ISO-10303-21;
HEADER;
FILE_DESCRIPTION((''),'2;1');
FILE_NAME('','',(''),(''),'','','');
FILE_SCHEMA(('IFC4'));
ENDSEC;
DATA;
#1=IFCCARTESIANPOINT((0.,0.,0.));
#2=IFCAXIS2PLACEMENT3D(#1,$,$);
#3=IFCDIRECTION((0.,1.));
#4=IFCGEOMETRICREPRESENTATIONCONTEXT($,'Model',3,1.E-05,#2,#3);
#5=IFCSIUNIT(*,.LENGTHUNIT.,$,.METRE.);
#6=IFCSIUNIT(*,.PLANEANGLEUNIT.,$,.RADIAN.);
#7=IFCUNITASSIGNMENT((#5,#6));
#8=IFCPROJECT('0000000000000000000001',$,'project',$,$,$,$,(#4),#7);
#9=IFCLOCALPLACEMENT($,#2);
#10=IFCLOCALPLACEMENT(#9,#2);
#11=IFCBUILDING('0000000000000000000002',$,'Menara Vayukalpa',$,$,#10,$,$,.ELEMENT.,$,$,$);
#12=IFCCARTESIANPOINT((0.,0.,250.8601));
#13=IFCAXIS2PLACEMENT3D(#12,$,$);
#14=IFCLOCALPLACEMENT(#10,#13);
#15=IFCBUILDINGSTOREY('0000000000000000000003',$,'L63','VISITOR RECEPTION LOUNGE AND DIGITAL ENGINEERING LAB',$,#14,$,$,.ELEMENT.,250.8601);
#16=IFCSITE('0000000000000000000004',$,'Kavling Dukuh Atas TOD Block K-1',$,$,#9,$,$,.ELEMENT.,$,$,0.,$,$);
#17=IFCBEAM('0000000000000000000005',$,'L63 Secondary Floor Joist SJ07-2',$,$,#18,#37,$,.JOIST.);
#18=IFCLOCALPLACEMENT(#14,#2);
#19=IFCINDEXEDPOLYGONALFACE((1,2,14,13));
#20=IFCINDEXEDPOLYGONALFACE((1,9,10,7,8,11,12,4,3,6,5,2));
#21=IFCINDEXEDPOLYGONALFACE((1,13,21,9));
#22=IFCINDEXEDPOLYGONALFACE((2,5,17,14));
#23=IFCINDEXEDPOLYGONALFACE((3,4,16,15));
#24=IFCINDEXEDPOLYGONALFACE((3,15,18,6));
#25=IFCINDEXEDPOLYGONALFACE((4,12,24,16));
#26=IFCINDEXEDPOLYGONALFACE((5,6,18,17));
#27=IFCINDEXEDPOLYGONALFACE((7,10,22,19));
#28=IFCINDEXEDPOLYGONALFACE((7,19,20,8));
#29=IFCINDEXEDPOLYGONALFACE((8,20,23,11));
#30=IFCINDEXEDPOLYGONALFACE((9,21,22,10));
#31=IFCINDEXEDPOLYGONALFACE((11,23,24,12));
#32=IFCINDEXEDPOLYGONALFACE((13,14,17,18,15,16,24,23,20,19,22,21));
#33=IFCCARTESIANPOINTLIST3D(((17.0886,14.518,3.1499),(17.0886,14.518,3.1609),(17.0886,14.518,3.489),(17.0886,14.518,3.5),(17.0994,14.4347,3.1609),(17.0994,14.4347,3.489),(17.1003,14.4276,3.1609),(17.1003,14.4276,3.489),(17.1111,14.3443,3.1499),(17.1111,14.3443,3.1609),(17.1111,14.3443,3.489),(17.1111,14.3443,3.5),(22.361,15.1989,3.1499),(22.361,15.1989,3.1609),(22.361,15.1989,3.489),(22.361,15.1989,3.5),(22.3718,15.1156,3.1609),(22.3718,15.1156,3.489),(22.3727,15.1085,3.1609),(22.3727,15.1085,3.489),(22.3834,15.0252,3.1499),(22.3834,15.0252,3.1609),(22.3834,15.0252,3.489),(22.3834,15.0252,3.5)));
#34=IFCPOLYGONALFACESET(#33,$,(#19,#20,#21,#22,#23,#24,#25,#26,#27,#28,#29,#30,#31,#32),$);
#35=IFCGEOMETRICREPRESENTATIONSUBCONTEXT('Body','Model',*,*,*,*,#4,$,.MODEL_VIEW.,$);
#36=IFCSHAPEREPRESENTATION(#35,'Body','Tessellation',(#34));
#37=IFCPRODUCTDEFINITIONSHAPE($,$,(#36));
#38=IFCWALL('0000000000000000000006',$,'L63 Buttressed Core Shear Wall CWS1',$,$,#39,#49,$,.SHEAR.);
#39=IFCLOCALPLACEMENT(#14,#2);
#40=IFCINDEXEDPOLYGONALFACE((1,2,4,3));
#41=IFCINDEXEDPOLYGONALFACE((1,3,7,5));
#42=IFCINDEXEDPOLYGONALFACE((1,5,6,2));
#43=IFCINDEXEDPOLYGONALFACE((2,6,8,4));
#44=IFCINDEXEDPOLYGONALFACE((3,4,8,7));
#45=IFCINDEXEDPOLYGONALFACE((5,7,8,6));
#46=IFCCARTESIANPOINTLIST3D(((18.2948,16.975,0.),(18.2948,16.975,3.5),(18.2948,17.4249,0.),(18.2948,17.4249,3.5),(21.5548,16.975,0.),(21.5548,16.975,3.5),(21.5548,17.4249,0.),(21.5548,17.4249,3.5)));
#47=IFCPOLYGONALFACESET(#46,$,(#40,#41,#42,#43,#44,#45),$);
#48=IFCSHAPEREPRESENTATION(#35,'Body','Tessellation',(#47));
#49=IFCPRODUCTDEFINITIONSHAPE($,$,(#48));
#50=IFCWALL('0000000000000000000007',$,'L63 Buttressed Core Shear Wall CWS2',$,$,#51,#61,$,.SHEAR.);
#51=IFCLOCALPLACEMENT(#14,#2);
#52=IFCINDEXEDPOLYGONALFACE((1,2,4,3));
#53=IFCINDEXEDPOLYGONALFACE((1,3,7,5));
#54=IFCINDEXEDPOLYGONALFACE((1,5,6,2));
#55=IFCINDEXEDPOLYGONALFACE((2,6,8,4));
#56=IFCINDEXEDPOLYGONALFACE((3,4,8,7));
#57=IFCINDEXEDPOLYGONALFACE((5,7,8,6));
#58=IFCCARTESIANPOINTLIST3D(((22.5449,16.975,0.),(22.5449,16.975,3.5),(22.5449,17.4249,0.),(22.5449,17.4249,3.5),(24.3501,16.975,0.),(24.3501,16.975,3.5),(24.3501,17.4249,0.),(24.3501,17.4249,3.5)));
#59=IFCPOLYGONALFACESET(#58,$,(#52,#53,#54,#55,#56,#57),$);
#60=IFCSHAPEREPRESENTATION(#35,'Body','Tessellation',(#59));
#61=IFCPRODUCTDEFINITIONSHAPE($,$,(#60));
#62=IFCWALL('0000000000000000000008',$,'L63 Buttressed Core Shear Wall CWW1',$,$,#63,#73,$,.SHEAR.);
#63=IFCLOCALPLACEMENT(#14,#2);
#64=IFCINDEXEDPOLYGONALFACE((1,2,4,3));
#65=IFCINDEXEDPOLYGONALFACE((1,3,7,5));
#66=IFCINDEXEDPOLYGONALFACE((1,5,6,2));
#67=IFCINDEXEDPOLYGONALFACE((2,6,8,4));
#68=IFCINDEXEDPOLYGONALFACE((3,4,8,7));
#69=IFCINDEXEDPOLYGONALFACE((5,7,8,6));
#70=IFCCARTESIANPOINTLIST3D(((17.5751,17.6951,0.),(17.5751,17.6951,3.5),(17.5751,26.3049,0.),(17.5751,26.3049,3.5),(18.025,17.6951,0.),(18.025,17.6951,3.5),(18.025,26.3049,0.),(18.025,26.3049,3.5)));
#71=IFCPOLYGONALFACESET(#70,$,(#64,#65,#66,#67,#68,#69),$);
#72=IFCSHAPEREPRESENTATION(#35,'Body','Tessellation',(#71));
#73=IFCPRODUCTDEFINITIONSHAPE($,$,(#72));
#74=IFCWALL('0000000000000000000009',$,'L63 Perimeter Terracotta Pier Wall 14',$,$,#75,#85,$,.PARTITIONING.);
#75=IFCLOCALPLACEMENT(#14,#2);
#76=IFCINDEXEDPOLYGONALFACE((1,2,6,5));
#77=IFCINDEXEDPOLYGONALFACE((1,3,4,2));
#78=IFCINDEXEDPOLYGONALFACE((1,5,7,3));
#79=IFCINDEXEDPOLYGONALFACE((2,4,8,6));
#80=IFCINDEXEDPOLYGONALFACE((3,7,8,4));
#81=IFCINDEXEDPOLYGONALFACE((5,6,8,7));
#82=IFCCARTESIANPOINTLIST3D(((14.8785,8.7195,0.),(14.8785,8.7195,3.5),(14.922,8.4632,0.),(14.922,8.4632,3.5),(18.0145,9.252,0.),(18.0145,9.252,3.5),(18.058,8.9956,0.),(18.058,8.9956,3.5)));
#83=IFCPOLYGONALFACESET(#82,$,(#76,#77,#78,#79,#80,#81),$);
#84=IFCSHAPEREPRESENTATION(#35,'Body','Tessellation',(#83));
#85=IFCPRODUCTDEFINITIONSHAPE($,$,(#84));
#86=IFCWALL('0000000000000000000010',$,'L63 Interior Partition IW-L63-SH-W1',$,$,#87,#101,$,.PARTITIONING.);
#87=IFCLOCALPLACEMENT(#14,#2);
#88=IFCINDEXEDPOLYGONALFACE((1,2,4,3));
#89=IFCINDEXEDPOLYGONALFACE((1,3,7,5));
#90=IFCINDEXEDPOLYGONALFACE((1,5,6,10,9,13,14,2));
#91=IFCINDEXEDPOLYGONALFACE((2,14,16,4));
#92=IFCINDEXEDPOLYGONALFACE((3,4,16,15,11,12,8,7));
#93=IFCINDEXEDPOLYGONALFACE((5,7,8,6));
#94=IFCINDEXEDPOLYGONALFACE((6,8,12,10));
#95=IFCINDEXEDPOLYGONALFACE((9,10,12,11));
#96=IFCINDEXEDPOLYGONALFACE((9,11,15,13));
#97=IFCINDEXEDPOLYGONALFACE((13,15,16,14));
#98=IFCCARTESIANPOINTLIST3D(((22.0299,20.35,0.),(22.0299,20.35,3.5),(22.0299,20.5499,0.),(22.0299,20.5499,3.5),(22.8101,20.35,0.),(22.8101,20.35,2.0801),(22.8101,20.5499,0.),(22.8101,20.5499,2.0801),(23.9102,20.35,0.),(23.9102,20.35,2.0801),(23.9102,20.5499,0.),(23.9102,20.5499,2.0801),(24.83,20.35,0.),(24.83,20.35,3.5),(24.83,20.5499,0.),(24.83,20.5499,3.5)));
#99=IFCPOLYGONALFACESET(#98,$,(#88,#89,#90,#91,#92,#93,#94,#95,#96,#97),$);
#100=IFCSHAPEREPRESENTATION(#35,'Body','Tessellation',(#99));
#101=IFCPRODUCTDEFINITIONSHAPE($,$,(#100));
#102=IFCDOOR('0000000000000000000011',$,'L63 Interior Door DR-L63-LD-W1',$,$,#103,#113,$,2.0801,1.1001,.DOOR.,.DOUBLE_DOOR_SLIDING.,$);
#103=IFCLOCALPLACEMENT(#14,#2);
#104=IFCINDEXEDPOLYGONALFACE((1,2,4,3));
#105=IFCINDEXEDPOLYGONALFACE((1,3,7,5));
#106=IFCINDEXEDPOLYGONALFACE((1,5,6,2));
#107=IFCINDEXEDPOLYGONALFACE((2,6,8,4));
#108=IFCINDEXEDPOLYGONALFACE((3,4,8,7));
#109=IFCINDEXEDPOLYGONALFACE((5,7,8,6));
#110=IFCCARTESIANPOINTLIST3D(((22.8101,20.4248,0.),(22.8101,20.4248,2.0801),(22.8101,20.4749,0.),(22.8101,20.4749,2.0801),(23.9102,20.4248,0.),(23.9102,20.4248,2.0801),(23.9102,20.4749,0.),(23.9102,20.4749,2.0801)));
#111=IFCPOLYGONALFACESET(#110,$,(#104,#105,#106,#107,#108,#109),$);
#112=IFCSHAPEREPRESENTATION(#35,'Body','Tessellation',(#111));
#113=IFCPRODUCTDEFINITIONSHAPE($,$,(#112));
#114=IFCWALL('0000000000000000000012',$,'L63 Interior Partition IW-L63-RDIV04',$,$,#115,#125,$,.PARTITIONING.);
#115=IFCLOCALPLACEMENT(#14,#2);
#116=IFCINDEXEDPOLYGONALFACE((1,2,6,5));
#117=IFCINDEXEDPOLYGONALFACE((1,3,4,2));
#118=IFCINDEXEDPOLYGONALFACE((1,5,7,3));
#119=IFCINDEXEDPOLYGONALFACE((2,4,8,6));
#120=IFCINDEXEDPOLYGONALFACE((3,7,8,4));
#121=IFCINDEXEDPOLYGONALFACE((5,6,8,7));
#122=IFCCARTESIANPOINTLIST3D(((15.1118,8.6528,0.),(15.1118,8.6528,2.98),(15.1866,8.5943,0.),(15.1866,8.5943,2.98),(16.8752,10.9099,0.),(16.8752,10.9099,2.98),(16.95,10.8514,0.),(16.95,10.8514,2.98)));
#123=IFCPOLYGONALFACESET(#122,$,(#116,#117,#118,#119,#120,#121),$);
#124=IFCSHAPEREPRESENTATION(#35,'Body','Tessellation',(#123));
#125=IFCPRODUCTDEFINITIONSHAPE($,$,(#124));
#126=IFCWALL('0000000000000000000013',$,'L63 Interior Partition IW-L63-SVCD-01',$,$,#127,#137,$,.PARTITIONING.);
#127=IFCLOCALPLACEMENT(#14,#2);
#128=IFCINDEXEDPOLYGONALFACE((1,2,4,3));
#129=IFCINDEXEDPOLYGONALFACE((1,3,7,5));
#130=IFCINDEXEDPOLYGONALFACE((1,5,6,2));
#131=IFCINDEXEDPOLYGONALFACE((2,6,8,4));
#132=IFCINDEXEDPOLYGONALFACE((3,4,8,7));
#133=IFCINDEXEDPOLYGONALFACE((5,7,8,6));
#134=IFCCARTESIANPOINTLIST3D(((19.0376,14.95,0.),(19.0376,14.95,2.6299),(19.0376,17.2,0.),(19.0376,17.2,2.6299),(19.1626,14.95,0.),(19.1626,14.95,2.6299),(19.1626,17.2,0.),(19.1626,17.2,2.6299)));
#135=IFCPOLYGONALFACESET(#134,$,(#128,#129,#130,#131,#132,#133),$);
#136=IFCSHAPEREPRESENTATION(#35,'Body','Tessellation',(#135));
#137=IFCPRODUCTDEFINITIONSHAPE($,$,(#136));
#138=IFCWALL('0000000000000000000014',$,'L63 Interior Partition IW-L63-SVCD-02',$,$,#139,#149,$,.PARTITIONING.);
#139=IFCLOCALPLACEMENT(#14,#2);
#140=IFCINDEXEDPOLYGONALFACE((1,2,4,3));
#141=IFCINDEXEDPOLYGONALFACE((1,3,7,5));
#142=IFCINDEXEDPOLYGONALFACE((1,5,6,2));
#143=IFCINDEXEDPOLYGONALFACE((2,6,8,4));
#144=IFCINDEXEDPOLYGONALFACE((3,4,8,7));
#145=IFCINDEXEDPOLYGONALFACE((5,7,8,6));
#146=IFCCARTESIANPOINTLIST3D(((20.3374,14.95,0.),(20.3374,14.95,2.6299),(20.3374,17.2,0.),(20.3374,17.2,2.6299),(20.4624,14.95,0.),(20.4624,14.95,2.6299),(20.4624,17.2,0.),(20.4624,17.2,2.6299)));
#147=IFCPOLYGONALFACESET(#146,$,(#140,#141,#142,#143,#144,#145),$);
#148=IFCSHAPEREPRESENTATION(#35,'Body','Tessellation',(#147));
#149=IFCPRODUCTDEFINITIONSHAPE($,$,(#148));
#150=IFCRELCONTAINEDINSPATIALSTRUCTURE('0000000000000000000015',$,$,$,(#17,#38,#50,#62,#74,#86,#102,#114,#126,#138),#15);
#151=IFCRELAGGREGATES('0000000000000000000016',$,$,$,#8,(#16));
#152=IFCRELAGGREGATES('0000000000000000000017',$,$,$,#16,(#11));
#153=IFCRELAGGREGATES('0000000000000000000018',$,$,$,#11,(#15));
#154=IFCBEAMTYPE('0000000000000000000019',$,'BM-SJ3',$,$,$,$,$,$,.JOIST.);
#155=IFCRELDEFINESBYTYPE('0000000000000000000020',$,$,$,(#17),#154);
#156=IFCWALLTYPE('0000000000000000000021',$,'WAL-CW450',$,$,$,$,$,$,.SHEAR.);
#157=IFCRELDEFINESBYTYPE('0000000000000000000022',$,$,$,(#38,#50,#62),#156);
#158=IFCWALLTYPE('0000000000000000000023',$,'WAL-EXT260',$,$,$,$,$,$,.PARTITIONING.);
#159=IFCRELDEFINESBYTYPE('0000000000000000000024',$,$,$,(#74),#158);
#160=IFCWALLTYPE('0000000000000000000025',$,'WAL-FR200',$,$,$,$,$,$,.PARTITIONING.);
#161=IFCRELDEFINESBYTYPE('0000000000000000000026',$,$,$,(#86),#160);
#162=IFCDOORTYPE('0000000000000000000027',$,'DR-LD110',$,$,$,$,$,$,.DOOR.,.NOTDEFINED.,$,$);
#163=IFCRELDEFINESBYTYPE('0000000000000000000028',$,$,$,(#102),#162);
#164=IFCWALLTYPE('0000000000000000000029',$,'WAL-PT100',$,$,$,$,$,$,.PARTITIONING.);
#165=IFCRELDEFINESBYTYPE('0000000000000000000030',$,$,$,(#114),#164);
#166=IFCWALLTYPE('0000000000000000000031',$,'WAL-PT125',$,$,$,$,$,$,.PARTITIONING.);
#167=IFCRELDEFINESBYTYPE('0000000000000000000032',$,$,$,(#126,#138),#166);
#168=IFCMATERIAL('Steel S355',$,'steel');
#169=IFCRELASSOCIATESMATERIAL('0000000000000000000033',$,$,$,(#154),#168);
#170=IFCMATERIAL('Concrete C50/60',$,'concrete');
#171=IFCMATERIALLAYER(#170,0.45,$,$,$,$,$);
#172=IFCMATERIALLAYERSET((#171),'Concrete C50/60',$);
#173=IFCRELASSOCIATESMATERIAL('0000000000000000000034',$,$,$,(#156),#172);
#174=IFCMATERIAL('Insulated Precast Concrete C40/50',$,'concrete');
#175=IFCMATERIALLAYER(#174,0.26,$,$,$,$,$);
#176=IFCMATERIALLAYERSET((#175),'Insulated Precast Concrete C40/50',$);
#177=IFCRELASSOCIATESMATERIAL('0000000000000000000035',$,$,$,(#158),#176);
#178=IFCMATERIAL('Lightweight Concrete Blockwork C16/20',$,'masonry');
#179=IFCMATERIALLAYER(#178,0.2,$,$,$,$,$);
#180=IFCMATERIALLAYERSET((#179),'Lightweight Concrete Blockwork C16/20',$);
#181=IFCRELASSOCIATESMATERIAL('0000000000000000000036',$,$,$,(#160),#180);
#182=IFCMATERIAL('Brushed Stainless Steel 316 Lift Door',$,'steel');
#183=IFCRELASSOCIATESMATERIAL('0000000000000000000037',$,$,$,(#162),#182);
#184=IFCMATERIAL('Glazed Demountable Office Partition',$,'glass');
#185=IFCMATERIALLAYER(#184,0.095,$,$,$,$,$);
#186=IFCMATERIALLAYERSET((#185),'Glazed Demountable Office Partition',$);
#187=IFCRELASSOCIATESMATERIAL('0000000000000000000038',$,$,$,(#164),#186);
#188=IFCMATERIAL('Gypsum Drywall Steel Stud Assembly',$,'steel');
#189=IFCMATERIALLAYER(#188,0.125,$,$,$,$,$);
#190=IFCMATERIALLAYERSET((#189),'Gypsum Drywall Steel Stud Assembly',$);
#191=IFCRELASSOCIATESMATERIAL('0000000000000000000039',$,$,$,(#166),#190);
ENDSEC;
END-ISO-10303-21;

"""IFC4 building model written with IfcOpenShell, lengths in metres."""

from ifc_helpers import new_model, si_unit, direction, frame, frame_2d, origin, origin_2d, place, context, subcontext, project, spatial, rectangle, i_section, extrude, material, layer, layer_set, material_profile, profile_set, type_object, element, fill, save


model = new_model("IFC4")

# Units and contexts
model_context = context("Model", 3, precision=1e-05, world=origin(), true_north=direction((0.0, 1.0)))
body_context = subcontext(model_context, "Body", "Model", "MODEL_VIEW")
ifc_project = project(units=[si_unit("LENGTHUNIT", "METRE"), si_unit("PLANEANGLEUNIT", "RADIAN")], contexts=[model_context])

# Site, building, storey
site_placement = place(None, origin())
site = spatial("IfcSite", under=ifc_project, at=site_placement, Name="Kavling Dukuh Atas TOD Block K-1", CompositionType="ELEMENT", RefElevation=0.0)
building_placement = place(site_placement, origin())
building = spatial("IfcBuilding", under=site, at=building_placement, Name="Menara Vayukalpa", CompositionType="ELEMENT")
storey_placement = place(building_placement, frame((0.0, 0.0, 250.8601)))
storey = spatial("IfcBuildingStorey", under=building, at=storey_placement, Name="L63", Description="VISITOR RECEPTION LOUNGE AND DIGITAL ENGINEERING LAB", CompositionType="ELEMENT", Elevation=250.8601)

# Beam
ifc_material_1 = material(Name="Steel S355", Category="steel")
ifc_material_profile_1 = material_profile(ifc_material_1, i_section(OverallWidth=0.175, OverallDepth=0.3501, WebThickness=0.0071, FlangeThickness=0.011, at=origin_2d()), Name="WF 350x175x7x11")
ifc_profile_set_1 = profile_set([ifc_material_profile_1], Name="Steel S355")
beam_type_1 = type_object("IfcBeamType", Name="BM-SJ3", PredefinedType="JOIST", material=ifc_profile_set_1)
beam_1_placement = place(storey_placement, frame((17.0999, 14.4312, 3.325), z_axis=(0.991764, 0.128081, 0.0), x_axis=(-0.128081, 0.991764, 0.0)))
element("IfcBeam", 1, at=beam_1_placement, inside=storey, type_object=beam_type_1, Name="L63 Secondary Floor Joist SJ07-2", PredefinedType="JOIST", context=body_context, shape_type="SweptSolid", body=[
    extrude(i_section(OverallWidth=0.175, OverallDepth=0.3501, WebThickness=0.0071, FlangeThickness=0.011, at=origin_2d()), origin(), (0.0, 0.0, 1.0), 5.3162),
])

# Walls
ifc_material_2 = material(Name="Concrete C50/60", Category="concrete")
ifc_layer_1 = layer(ifc_material_2, 0.45)
ifc_layer_set_1 = layer_set([ifc_layer_1], Name="Concrete C50/60")
wall_type_1 = type_object("IfcWallType", Name="WAL-CW450", PredefinedType="SHEAR", material=ifc_layer_set_1)
wall_1_placement = place(storey_placement, frame((18.2949, 17.2, 0.0), z_axis=(0.0, 0.0, 1.0), x_axis=(1.0, 0.0, 0.0)))
element("IfcWall", 2, at=wall_1_placement, inside=storey, type_object=wall_type_1, Name="L63 Buttressed Core Shear Wall CWS1", PredefinedType="SHEAR", context=body_context, shape_type="SweptSolid", body=[
    extrude(rectangle(XDim=3.26, YDim=0.45, at=frame_2d((1.6299, 0.0))), origin(), (0.0, 0.0, 1.0), 3.5),
])
wall_2_placement = place(storey_placement, frame((22.5449, 17.2, 0.0), z_axis=(0.0, 0.0, 1.0), x_axis=(1.0, 0.0, 0.0)))
element("IfcWall", 3, at=wall_2_placement, inside=storey, type_object=wall_type_1, Name="L63 Buttressed Core Shear Wall CWS2", PredefinedType="SHEAR", context=body_context, shape_type="SweptSolid", body=[
    extrude(rectangle(XDim=1.8052, YDim=0.45, at=frame_2d((0.9026, 0.0))), origin(), (0.0, 0.0, 1.0), 3.5),
])
wall_3_placement = place(storey_placement, frame((17.8, 17.6951, 0.0), z_axis=(0.0, 0.0, 1.0), x_axis=(0.0, 1.0, 0.0)))
element("IfcWall", 4, at=wall_3_placement, inside=storey, type_object=wall_type_1, Name="L63 Buttressed Core Shear Wall CWW1", PredefinedType="SHEAR", context=body_context, shape_type="SweptSolid", body=[
    extrude(rectangle(XDim=8.6099, YDim=0.45, at=frame_2d((4.3049, 0.0))), origin(), (0.0, 0.0, 1.0), 3.5),
])
ifc_material_3 = material(Name="Insulated Precast Concrete C40/50", Category="concrete")
ifc_layer_2 = layer(ifc_material_3, 0.26)
ifc_layer_set_2 = layer_set([ifc_layer_2], Name="Insulated Precast Concrete C40/50")
wall_type_2 = type_object("IfcWallType", Name="WAL-EXT260", PredefinedType="PARTITIONING", material=ifc_layer_set_2)
wall_4_placement = place(storey_placement, frame((18.0361, 9.1238, 0.0), z_axis=(0.0, 0.0, 1.0), x_axis=(-0.985889, -0.167398, 0.0)))
element("IfcWall", 5, at=wall_4_placement, inside=storey, type_object=wall_type_2, Name="L63 Perimeter Terracotta Pier Wall 14", PredefinedType="PARTITIONING", context=body_context, shape_type="SweptSolid", body=[
    extrude(rectangle(XDim=3.1809, YDim=0.26, at=frame_2d((1.5903, 0.0))), origin(), (0.0, 0.0, 1.0), 3.5),
])

# Wall, opening, door
ifc_material_4 = material(Name="Lightweight Concrete Blockwork C16/20", Category="masonry")
ifc_layer_3 = layer(ifc_material_4, 0.2)
ifc_layer_set_3 = layer_set([ifc_layer_3], Name="Lightweight Concrete Blockwork C16/20")
wall_type_3 = type_object("IfcWallType", Name="WAL-FR200", PredefinedType="PARTITIONING", material=ifc_layer_set_3)
wall_5_placement = place(storey_placement, frame((22.03, 20.45, 0.0), z_axis=(0.0, 0.0, 1.0), x_axis=(1.0, 0.0, 0.0)))
wall_5 = element("IfcWall", 6, at=wall_5_placement, inside=storey, type_object=wall_type_3, Name="L63 Interior Partition IW-L63-SH-W1", PredefinedType="PARTITIONING", context=body_context, shape_type="SweptSolid", body=[
    extrude(rectangle(XDim=2.8, YDim=0.2, at=frame_2d((1.3999, 0.0))), origin(), (0.0, 0.0, 1.0), 3.5),
])
opening_1_placement = place(wall_5_placement, frame((0.78, 0.0, 0.0)))
opening_1 = element("IfcOpeningElement", 7, at=opening_1_placement, cuts=wall_5, PredefinedType="OPENING", context=body_context, shape_type="SweptSolid", body=[
    extrude(rectangle(XDim=1.1001, YDim=2.0801, at=frame_2d((0.55, 1.04))), frame((0.0, 0.1099, 0.0), z_axis=(0.0, -1.0, 0.0), x_axis=(1.0, 0.0, 0.0)), (0.0, 0.0, 1.0), 0.22),
])
ifc_material_5 = material(Name="Brushed Stainless Steel 316 Lift Door", Category="steel")
door_type_1 = type_object("IfcDoorType", Name="DR-LD110", OperationType="NOTDEFINED", PredefinedType="DOOR", material=ifc_material_5)
door_1_placement = place(opening_1_placement, origin())
door_1 = element("IfcDoor", 8, at=door_1_placement, inside=storey, type_object=door_type_1, Name="L63 Interior Door DR-L63-LD-W1", OperationType="DOUBLE_DOOR_SLIDING", OverallHeight=2.0801, OverallWidth=1.1001, PredefinedType="DOOR", context=body_context, shape_type="SweptSolid", body=[
    extrude(rectangle(XDim=1.1001, YDim=2.0801, at=frame_2d((0.55, 1.04))), frame((0.0, 0.0249, 0.0), z_axis=(0.0, -1.0, 0.0), x_axis=(1.0, 0.0, 0.0)), (0.0, 0.0, 1.0), 0.05),
])
fill(opening_1, door_1)

# Walls
ifc_material_6 = material(Name="Glazed Demountable Office Partition", Category="glass")
ifc_layer_4 = layer(ifc_material_6, 0.095)
ifc_layer_set_4 = layer_set([ifc_layer_4], Name="Glazed Demountable Office Partition")
wall_type_4 = type_object("IfcWallType", Name="WAL-PT100", PredefinedType="PARTITIONING", material=ifc_layer_set_4)
wall_6_placement = place(storey_placement, frame((16.9126, 10.8806, 0.0), z_axis=(0.0, 0.0, 1.0), x_axis=(-0.615662, -0.78801, 0.0)))
element("IfcWall", 9, at=wall_6_placement, inside=storey, type_object=wall_type_4, Name="L63 Interior Partition IW-L63-RDIV04", PredefinedType="PARTITIONING", context=body_context, shape_type="SweptSolid", body=[
    extrude(rectangle(XDim=2.8643, YDim=0.095, at=frame_2d((1.4321, 0.0))), origin(), (0.0, 0.0, 1.0), 2.98),
])
ifc_material_7 = material(Name="Gypsum Drywall Steel Stud Assembly", Category="steel")
ifc_layer_5 = layer(ifc_material_7, 0.125)
ifc_layer_set_5 = layer_set([ifc_layer_5], Name="Gypsum Drywall Steel Stud Assembly")
wall_type_5 = type_object("IfcWallType", Name="WAL-PT125", PredefinedType="PARTITIONING", material=ifc_layer_set_5)
for number, where, z_axis, x_axis, name in (
    (10, (19.1001, 14.95, 0.0), (0.0, 0.0, 1.0), (0.0, 1.0, 0.0), "L63 Interior Partition IW-L63-SVCD-01"),
    (11, (20.3999, 14.95, 0.0), (0.0, 0.0, 1.0), (0.0, 1.0, 0.0), "L63 Interior Partition IW-L63-SVCD-02"),
):
    element("IfcWall", number, at=place(storey_placement, frame(where, z_axis=z_axis, x_axis=x_axis)), inside=storey, type_object=wall_type_5, Name=name, PredefinedType="PARTITIONING", context=body_context, shape_type="SweptSolid", body=[
        extrude(rectangle(XDim=2.25, YDim=0.125, at=frame_2d((1.125, 0.0))), origin(), (0.0, 0.0, 1.0), 2.6299),
    ])

save(model, "model.ifc")
